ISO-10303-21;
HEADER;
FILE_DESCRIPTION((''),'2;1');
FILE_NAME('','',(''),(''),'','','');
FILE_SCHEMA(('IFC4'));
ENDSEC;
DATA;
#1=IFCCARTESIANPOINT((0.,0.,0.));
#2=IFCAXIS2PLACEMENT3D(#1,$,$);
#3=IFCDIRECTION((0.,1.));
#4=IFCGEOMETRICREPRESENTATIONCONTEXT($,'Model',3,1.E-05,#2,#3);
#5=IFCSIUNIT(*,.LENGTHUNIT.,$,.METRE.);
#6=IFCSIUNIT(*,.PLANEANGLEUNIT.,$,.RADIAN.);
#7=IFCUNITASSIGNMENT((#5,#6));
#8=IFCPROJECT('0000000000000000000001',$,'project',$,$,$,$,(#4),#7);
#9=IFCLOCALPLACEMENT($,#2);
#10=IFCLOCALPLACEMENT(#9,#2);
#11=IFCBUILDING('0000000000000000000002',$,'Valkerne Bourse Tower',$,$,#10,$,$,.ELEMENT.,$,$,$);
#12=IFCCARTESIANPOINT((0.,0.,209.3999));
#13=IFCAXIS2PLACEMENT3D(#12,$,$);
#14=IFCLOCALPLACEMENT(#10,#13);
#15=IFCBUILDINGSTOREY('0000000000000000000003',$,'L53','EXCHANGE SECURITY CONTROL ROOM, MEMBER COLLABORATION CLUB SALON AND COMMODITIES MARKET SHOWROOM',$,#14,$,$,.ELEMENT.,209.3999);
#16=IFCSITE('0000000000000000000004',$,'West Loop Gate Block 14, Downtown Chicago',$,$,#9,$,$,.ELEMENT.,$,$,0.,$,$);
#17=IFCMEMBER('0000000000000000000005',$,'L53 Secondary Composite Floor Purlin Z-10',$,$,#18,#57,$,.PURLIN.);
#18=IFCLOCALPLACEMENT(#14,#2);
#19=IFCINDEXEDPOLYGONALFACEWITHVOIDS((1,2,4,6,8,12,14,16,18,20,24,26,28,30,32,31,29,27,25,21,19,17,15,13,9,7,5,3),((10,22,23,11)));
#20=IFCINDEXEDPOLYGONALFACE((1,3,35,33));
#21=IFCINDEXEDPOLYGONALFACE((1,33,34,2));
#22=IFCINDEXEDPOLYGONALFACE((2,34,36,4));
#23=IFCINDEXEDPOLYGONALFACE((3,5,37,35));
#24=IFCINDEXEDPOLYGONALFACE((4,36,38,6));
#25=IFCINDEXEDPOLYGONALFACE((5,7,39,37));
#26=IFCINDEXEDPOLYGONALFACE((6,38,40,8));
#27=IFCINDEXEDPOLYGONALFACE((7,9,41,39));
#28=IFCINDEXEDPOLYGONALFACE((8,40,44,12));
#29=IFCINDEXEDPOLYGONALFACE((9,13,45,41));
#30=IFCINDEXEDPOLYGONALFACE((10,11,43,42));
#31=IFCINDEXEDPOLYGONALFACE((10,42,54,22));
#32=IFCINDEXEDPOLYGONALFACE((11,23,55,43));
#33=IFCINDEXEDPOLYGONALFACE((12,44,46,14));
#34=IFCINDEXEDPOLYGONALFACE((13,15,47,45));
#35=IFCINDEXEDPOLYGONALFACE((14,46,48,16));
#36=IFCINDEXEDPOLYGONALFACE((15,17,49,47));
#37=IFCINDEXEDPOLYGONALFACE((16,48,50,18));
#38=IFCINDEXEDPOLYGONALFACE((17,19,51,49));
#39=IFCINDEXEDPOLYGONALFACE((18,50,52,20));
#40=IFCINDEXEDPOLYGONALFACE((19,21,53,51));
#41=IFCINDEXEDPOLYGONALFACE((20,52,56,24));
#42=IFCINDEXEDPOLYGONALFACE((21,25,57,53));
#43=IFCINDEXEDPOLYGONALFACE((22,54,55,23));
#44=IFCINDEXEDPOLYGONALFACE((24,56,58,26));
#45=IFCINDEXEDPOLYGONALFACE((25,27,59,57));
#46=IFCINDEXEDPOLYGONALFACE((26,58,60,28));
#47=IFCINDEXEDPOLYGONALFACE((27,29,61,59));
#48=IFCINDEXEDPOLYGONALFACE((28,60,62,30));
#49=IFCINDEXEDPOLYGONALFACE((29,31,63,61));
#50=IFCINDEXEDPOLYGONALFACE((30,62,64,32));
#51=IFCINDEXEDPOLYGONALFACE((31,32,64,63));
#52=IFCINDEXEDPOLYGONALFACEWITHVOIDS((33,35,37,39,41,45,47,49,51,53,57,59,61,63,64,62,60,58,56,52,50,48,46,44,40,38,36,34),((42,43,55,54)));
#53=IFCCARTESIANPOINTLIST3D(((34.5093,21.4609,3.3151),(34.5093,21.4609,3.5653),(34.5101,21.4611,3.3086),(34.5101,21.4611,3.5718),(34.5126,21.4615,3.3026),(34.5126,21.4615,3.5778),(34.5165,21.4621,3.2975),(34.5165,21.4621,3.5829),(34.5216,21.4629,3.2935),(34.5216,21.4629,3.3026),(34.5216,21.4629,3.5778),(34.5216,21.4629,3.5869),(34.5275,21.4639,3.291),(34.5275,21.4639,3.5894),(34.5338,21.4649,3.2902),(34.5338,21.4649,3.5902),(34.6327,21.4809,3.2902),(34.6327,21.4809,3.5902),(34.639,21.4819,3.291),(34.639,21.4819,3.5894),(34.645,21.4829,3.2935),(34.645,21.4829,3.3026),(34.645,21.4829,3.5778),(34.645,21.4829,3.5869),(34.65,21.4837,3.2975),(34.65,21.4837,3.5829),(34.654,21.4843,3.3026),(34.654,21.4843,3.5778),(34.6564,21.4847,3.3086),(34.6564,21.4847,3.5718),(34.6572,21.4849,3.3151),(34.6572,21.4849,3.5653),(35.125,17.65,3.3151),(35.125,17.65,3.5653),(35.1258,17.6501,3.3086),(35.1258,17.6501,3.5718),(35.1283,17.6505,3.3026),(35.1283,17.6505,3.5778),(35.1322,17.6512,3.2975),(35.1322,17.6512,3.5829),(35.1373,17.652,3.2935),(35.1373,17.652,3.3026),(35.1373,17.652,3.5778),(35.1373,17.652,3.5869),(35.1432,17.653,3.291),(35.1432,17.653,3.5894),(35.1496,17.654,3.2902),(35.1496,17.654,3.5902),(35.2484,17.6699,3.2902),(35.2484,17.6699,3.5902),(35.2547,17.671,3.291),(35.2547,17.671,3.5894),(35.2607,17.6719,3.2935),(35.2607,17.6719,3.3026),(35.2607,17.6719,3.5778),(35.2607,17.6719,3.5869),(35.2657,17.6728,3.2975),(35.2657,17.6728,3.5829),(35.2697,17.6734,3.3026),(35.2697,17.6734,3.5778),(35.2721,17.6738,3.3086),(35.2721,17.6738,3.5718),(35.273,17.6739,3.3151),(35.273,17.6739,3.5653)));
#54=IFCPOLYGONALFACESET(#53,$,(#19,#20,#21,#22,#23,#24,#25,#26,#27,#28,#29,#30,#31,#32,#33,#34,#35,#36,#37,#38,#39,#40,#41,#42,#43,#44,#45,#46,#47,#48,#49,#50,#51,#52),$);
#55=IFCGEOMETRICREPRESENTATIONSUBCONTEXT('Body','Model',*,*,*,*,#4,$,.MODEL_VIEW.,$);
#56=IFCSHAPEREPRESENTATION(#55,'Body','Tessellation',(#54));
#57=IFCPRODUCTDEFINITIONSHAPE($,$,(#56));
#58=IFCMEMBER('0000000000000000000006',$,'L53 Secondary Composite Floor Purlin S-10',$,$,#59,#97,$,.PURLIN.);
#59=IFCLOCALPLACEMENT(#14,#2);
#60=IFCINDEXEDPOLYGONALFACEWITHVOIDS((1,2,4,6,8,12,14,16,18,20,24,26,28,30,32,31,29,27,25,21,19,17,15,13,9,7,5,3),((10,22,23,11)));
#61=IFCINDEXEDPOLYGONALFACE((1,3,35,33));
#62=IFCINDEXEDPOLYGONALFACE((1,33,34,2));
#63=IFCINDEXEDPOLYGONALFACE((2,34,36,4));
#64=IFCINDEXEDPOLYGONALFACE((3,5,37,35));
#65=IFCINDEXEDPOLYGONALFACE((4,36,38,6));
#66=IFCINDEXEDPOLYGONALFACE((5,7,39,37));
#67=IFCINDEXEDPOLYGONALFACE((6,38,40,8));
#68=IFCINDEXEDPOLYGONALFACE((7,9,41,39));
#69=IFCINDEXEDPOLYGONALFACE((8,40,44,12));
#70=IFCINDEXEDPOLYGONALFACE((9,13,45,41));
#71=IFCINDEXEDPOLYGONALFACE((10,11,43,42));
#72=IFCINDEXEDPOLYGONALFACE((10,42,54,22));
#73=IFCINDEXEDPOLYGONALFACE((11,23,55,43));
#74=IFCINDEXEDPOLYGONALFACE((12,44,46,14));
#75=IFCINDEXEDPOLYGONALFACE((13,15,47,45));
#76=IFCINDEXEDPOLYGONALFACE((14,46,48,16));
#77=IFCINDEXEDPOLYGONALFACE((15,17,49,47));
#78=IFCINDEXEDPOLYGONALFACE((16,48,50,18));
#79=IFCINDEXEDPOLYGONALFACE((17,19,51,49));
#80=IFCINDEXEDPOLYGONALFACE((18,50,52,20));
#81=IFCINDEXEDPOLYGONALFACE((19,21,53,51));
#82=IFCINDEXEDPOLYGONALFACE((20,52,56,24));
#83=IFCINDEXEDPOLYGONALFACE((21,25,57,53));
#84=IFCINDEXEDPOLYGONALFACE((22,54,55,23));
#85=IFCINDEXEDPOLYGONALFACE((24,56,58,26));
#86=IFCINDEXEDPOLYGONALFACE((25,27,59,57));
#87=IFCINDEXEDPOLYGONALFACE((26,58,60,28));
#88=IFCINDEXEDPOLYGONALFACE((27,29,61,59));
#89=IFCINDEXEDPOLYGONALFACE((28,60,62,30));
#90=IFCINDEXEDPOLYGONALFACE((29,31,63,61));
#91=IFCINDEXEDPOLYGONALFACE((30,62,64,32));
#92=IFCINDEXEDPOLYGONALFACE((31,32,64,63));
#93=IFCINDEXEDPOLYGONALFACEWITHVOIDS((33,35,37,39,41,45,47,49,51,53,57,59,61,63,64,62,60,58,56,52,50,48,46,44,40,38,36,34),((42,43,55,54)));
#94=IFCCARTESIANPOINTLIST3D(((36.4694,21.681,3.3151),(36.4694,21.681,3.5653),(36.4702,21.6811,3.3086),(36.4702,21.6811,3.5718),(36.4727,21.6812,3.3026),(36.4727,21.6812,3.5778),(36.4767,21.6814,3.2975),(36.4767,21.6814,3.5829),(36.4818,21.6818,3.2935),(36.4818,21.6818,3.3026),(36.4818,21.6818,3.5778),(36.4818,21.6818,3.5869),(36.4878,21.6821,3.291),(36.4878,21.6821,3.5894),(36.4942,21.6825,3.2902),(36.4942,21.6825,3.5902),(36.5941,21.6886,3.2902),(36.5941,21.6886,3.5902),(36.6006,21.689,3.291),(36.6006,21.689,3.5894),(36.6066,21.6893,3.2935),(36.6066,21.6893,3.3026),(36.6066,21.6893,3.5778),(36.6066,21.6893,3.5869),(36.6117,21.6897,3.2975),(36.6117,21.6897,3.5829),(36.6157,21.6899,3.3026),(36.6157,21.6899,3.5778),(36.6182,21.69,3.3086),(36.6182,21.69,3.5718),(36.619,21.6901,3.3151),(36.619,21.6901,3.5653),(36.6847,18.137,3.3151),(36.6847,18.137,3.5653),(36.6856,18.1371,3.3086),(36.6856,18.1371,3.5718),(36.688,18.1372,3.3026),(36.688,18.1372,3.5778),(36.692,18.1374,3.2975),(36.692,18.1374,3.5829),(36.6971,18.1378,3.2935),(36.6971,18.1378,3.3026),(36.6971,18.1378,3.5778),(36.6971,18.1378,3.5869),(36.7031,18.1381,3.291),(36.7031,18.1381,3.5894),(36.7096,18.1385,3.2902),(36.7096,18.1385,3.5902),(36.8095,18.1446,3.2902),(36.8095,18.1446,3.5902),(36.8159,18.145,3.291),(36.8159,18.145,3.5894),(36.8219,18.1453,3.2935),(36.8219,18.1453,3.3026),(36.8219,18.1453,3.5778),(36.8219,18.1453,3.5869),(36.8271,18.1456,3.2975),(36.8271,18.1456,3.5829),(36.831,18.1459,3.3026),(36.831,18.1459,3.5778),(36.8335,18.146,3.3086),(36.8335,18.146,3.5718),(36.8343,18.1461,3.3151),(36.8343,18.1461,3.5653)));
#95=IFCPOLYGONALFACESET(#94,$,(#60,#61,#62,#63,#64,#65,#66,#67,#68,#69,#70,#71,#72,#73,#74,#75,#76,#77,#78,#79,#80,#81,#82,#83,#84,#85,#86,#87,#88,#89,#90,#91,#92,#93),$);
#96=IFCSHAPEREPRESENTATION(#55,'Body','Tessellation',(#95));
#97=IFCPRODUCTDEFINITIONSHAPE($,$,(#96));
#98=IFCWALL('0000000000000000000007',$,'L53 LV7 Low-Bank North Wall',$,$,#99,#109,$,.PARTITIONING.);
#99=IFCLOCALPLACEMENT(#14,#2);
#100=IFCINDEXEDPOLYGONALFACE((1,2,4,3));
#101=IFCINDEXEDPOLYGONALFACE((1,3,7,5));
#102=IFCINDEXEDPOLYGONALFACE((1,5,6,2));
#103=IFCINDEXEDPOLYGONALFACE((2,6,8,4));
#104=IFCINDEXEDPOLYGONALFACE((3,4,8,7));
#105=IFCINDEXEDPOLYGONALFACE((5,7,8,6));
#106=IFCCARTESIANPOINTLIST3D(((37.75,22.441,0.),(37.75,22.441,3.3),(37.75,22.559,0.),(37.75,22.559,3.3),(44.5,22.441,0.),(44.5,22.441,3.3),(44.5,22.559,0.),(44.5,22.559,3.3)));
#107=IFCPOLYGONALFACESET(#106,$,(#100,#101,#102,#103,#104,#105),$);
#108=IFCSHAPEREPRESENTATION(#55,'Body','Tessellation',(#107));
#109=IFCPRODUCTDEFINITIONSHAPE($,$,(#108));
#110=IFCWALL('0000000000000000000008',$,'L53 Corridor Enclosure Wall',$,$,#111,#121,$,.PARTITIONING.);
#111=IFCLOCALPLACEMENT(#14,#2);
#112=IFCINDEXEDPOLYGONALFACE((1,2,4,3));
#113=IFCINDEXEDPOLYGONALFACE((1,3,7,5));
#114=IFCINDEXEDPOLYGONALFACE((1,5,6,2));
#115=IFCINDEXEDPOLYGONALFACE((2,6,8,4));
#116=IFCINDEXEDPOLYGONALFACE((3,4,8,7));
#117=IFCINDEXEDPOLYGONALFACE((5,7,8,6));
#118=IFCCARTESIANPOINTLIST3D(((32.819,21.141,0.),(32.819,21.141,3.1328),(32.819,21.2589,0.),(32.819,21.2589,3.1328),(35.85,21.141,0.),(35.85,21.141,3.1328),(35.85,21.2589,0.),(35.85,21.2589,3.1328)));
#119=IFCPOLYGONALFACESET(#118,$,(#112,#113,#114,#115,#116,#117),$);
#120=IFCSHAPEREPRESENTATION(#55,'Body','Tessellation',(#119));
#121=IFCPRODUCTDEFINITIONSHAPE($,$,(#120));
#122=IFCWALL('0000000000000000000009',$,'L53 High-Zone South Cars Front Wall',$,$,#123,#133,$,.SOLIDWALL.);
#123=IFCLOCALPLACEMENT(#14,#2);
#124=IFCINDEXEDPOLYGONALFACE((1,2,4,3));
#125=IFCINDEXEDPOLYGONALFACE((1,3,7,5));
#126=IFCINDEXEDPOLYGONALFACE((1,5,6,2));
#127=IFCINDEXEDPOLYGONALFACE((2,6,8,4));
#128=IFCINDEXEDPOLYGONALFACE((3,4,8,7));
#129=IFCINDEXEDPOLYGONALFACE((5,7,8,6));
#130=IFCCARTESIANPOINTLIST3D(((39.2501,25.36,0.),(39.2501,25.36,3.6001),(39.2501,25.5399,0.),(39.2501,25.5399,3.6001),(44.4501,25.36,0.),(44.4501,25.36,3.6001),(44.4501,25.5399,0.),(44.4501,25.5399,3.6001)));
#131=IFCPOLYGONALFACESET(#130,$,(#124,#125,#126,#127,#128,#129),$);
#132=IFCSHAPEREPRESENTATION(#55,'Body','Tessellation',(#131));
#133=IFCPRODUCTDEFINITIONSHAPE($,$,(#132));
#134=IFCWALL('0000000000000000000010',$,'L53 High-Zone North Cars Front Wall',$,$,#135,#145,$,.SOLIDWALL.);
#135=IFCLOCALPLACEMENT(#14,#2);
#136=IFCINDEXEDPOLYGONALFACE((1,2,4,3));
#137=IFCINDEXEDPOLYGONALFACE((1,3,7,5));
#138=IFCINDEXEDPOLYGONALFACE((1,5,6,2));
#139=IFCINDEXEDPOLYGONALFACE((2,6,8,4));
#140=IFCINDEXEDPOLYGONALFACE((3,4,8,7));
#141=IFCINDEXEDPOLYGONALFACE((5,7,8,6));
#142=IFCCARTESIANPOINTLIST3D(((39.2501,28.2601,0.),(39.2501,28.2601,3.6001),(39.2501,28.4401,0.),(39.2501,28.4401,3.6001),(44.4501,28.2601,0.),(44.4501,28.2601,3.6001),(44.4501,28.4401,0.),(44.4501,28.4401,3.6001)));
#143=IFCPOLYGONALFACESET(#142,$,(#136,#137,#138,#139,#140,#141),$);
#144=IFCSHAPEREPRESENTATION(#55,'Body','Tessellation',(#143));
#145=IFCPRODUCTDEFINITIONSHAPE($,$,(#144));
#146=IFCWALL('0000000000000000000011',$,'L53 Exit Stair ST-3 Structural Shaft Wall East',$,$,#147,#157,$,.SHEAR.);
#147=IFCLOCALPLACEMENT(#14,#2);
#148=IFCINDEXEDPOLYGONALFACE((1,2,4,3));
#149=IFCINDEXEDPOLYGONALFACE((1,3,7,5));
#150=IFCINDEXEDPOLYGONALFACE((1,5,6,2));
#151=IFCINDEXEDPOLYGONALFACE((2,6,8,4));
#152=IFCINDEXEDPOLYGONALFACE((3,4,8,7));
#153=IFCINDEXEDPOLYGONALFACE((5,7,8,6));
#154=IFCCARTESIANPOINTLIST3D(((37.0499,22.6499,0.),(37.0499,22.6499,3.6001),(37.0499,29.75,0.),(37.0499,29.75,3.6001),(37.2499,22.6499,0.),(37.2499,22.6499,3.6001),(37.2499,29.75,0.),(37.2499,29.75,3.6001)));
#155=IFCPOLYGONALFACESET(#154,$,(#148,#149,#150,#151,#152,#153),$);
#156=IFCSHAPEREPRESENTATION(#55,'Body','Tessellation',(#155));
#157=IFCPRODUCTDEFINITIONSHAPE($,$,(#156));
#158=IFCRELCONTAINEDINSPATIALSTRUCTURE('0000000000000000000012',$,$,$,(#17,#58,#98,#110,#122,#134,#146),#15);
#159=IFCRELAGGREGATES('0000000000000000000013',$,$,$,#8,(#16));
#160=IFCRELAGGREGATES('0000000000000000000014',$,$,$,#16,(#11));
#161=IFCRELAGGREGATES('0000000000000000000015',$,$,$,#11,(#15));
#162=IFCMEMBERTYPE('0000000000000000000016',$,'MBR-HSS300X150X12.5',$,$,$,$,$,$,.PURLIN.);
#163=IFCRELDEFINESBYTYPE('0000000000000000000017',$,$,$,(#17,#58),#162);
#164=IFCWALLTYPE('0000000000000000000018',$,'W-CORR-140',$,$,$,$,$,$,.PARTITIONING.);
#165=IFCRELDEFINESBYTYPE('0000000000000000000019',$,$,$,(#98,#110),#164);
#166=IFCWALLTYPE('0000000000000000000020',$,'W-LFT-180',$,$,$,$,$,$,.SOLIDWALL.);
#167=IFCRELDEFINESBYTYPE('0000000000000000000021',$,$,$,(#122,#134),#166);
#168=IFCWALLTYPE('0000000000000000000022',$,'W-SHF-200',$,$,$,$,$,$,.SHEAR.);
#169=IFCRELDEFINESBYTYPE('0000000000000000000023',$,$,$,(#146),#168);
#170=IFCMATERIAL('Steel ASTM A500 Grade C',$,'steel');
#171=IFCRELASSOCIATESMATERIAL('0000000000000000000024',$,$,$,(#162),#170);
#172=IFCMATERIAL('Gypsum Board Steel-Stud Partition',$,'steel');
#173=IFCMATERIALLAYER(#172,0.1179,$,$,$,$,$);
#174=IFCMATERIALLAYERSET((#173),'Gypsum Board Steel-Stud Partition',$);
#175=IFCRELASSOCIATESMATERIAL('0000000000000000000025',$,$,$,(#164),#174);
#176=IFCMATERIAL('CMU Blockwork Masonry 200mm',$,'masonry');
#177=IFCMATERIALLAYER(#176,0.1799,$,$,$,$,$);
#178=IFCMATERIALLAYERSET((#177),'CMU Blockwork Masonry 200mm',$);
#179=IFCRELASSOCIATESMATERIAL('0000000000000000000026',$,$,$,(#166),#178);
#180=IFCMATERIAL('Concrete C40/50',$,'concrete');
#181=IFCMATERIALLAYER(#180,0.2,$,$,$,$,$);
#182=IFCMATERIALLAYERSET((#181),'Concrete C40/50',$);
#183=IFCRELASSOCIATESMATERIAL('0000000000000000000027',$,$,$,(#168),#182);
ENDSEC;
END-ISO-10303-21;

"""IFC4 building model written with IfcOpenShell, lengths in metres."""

from ifc_helpers import new_model, si_unit, direction, frame, frame_2d, origin, origin_2d, place, context, subcontext, project, spatial, rectangle, hollow_rectangle, extrude, material, layer, layer_set, material_profile, profile_set, type_object, element, save


model = new_model("IFC4")

# Units and contexts
model_context = context("Model", 3, precision=1e-05, world=origin(), true_north=direction((0.0, 1.0)))
body_context = subcontext(model_context, "Body", "Model", "MODEL_VIEW")
ifc_project = project(units=[si_unit("LENGTHUNIT", "METRE"), si_unit("PLANEANGLEUNIT", "RADIAN")], contexts=[model_context])

# Site, building, storey
site_placement = place(None, origin())
site = spatial("IfcSite", under=ifc_project, at=site_placement, Name="West Loop Gate Block 14, Downtown Chicago", CompositionType="ELEMENT", RefElevation=0.0)
building_placement = place(site_placement, origin())
building = spatial("IfcBuilding", under=site, at=building_placement, Name="Valkerne Bourse Tower", CompositionType="ELEMENT")
storey_placement = place(building_placement, frame((0.0, 0.0, 209.3999)))
storey = spatial("IfcBuildingStorey", under=building, at=storey_placement, Name="L53", Description="EXCHANGE SECURITY CONTROL ROOM, MEMBER COLLABORATION CLUB SALON AND COMMODITIES MARKET SHOWROOM", CompositionType="ELEMENT", Elevation=209.3999)

# Members
ifc_material_1 = material(Name="Steel ASTM A500 Grade C", Category="steel")
ifc_material_profile_1 = material_profile(ifc_material_1, hollow_rectangle(XDim=0.1499, YDim=0.3, WallThickness=0.0125, OuterFilletRadius=0.0249, at=origin_2d()), Name="HSS300X150X12.5")
ifc_profile_set_1 = profile_set([ifc_material_profile_1], Name="Steel ASTM A500 Grade C")
member_type = type_object("IfcMemberType", Name="MBR-HSS300X150X12.5", PredefinedType="PURLIN", material=ifc_profile_set_1)
member_1_placement = place(storey_placement, frame((34.5833, 21.4729, 3.4402), z_axis=(0.159495, -0.987199, 0.0), x_axis=(0.987199, 0.159495, 0.0)))
element("IfcMember", 1, at=member_1_placement, inside=storey, type_object=member_type, Name="L53 Secondary Composite Floor Purlin Z-10", PredefinedType="PURLIN", context=body_context, shape_type="SweptSolid", body=[
    extrude(hollow_rectangle(XDim=0.1499, YDim=0.3, WallThickness=0.0125, OuterFilletRadius=0.0249, at=origin_2d()), origin(), (0.0, 0.0, 1.0), 3.8604),
])
member_2_placement = place(storey_placement, frame((36.5442, 21.6855, 3.4402), z_axis=(0.060649, -0.998159, 0.0), x_axis=(0.998159, 0.060649, 0.0)))
element("IfcMember", 2, at=member_2_placement, inside=storey, type_object=member_type, Name="L53 Secondary Composite Floor Purlin S-10", PredefinedType="PURLIN", context=body_context, shape_type="SweptSolid", body=[
    extrude(hollow_rectangle(XDim=0.1499, YDim=0.3, WallThickness=0.0125, OuterFilletRadius=0.0249, at=origin_2d()), origin(), (0.0, 0.0, 1.0), 3.5505),
])

# Walls
ifc_material_2 = material(Name="Gypsum Board Steel-Stud Partition", Category="steel")
ifc_layer_1 = layer(ifc_material_2, 0.1179)
ifc_layer_set_1 = layer_set([ifc_layer_1], Name="Gypsum Board Steel-Stud Partition")
wall_type_1 = type_object("IfcWallType", Name="W-CORR-140", PredefinedType="PARTITIONING", material=ifc_layer_set_1)
wall_1_placement = place(storey_placement, frame((37.75, 22.5, 0.0), z_axis=(0.0, 0.0, 1.0), x_axis=(1.0, 0.0, 0.0)))
element("IfcWall", 3, at=wall_1_placement, inside=storey, type_object=wall_type_1, Name="L53 LV7 Low-Bank North Wall", PredefinedType="PARTITIONING", context=body_context, shape_type="SweptSolid", body=[
    extrude(rectangle(XDim=6.75, YDim=0.1179, at=frame_2d((3.375, 0.0))), origin(), (0.0, 0.0, 1.0), 3.3),
])
wall_2_placement = place(storey_placement, frame((35.8501, 21.2, 0.0), z_axis=(0.0, 0.0, 1.0), x_axis=(-1.0, 0.0, 0.0)))
element("IfcWall", 4, at=wall_2_placement, inside=storey, type_object=wall_type_1, Name="L53 Corridor Enclosure Wall", PredefinedType="PARTITIONING", context=body_context, shape_type="SweptSolid", body=[
    extrude(rectangle(XDim=3.031, YDim=0.1179, at=frame_2d((1.5156, 0.0))), origin(), (0.0, 0.0, 1.0), 3.1328),
])
ifc_material_3 = material(Name="CMU Blockwork Masonry 200mm", Category="masonry")
ifc_layer_2 = layer(ifc_material_3, 0.1799)
ifc_layer_set_2 = layer_set([ifc_layer_2], Name="CMU Blockwork Masonry 200mm")
wall_type_2 = type_object("IfcWallType", Name="W-LFT-180", PredefinedType="SOLIDWALL", material=ifc_layer_set_2)
for number, where, z_axis, x_axis, name in (
    (5, (39.25, 25.45, 0.0), (0.0, 0.0, 1.0), (1.0, 0.0, 0.0), "L53 High-Zone South Cars Front Wall"),
    (6, (39.25, 28.3501, 0.0), (0.0, 0.0, 1.0), (1.0, 0.0, 0.0), "L53 High-Zone North Cars Front Wall"),
):
    element("IfcWall", number, at=place(storey_placement, frame(where, z_axis=z_axis, x_axis=x_axis)), inside=storey, type_object=wall_type_2, Name=name, PredefinedType="SOLIDWALL", context=body_context, shape_type="SweptSolid", body=[
        extrude(rectangle(XDim=5.2, YDim=0.1799, at=frame_2d((2.6001, 0.0))), origin(), (0.0, 0.0, 1.0), 3.6001),
    ])
ifc_material_4 = material(Name="Concrete C40/50", Category="concrete")
ifc_layer_3 = layer(ifc_material_4, 0.2)
ifc_layer_set_3 = layer_set([ifc_layer_3], Name="Concrete C40/50")
wall_type_3 = type_object("IfcWallType", Name="W-SHF-200", PredefinedType="SHEAR", material=ifc_layer_set_3)
wall_3_placement = place(storey_placement, frame((37.1499, 22.6499, 0.0), z_axis=(0.0, 0.0, 1.0), x_axis=(0.0, 1.0, 0.0)))
element("IfcWall", 7, at=wall_3_placement, inside=storey, type_object=wall_type_3, Name="L53 Exit Stair ST-3 Structural Shaft Wall East", PredefinedType="SHEAR", context=body_context, shape_type="SweptSolid", body=[
    extrude(rectangle(XDim=7.1001, YDim=0.2, at=frame_2d((3.55, 0.0))), origin(), (0.0, 0.0, 1.0), 3.6001),
])

save(model, "model.ifc")
